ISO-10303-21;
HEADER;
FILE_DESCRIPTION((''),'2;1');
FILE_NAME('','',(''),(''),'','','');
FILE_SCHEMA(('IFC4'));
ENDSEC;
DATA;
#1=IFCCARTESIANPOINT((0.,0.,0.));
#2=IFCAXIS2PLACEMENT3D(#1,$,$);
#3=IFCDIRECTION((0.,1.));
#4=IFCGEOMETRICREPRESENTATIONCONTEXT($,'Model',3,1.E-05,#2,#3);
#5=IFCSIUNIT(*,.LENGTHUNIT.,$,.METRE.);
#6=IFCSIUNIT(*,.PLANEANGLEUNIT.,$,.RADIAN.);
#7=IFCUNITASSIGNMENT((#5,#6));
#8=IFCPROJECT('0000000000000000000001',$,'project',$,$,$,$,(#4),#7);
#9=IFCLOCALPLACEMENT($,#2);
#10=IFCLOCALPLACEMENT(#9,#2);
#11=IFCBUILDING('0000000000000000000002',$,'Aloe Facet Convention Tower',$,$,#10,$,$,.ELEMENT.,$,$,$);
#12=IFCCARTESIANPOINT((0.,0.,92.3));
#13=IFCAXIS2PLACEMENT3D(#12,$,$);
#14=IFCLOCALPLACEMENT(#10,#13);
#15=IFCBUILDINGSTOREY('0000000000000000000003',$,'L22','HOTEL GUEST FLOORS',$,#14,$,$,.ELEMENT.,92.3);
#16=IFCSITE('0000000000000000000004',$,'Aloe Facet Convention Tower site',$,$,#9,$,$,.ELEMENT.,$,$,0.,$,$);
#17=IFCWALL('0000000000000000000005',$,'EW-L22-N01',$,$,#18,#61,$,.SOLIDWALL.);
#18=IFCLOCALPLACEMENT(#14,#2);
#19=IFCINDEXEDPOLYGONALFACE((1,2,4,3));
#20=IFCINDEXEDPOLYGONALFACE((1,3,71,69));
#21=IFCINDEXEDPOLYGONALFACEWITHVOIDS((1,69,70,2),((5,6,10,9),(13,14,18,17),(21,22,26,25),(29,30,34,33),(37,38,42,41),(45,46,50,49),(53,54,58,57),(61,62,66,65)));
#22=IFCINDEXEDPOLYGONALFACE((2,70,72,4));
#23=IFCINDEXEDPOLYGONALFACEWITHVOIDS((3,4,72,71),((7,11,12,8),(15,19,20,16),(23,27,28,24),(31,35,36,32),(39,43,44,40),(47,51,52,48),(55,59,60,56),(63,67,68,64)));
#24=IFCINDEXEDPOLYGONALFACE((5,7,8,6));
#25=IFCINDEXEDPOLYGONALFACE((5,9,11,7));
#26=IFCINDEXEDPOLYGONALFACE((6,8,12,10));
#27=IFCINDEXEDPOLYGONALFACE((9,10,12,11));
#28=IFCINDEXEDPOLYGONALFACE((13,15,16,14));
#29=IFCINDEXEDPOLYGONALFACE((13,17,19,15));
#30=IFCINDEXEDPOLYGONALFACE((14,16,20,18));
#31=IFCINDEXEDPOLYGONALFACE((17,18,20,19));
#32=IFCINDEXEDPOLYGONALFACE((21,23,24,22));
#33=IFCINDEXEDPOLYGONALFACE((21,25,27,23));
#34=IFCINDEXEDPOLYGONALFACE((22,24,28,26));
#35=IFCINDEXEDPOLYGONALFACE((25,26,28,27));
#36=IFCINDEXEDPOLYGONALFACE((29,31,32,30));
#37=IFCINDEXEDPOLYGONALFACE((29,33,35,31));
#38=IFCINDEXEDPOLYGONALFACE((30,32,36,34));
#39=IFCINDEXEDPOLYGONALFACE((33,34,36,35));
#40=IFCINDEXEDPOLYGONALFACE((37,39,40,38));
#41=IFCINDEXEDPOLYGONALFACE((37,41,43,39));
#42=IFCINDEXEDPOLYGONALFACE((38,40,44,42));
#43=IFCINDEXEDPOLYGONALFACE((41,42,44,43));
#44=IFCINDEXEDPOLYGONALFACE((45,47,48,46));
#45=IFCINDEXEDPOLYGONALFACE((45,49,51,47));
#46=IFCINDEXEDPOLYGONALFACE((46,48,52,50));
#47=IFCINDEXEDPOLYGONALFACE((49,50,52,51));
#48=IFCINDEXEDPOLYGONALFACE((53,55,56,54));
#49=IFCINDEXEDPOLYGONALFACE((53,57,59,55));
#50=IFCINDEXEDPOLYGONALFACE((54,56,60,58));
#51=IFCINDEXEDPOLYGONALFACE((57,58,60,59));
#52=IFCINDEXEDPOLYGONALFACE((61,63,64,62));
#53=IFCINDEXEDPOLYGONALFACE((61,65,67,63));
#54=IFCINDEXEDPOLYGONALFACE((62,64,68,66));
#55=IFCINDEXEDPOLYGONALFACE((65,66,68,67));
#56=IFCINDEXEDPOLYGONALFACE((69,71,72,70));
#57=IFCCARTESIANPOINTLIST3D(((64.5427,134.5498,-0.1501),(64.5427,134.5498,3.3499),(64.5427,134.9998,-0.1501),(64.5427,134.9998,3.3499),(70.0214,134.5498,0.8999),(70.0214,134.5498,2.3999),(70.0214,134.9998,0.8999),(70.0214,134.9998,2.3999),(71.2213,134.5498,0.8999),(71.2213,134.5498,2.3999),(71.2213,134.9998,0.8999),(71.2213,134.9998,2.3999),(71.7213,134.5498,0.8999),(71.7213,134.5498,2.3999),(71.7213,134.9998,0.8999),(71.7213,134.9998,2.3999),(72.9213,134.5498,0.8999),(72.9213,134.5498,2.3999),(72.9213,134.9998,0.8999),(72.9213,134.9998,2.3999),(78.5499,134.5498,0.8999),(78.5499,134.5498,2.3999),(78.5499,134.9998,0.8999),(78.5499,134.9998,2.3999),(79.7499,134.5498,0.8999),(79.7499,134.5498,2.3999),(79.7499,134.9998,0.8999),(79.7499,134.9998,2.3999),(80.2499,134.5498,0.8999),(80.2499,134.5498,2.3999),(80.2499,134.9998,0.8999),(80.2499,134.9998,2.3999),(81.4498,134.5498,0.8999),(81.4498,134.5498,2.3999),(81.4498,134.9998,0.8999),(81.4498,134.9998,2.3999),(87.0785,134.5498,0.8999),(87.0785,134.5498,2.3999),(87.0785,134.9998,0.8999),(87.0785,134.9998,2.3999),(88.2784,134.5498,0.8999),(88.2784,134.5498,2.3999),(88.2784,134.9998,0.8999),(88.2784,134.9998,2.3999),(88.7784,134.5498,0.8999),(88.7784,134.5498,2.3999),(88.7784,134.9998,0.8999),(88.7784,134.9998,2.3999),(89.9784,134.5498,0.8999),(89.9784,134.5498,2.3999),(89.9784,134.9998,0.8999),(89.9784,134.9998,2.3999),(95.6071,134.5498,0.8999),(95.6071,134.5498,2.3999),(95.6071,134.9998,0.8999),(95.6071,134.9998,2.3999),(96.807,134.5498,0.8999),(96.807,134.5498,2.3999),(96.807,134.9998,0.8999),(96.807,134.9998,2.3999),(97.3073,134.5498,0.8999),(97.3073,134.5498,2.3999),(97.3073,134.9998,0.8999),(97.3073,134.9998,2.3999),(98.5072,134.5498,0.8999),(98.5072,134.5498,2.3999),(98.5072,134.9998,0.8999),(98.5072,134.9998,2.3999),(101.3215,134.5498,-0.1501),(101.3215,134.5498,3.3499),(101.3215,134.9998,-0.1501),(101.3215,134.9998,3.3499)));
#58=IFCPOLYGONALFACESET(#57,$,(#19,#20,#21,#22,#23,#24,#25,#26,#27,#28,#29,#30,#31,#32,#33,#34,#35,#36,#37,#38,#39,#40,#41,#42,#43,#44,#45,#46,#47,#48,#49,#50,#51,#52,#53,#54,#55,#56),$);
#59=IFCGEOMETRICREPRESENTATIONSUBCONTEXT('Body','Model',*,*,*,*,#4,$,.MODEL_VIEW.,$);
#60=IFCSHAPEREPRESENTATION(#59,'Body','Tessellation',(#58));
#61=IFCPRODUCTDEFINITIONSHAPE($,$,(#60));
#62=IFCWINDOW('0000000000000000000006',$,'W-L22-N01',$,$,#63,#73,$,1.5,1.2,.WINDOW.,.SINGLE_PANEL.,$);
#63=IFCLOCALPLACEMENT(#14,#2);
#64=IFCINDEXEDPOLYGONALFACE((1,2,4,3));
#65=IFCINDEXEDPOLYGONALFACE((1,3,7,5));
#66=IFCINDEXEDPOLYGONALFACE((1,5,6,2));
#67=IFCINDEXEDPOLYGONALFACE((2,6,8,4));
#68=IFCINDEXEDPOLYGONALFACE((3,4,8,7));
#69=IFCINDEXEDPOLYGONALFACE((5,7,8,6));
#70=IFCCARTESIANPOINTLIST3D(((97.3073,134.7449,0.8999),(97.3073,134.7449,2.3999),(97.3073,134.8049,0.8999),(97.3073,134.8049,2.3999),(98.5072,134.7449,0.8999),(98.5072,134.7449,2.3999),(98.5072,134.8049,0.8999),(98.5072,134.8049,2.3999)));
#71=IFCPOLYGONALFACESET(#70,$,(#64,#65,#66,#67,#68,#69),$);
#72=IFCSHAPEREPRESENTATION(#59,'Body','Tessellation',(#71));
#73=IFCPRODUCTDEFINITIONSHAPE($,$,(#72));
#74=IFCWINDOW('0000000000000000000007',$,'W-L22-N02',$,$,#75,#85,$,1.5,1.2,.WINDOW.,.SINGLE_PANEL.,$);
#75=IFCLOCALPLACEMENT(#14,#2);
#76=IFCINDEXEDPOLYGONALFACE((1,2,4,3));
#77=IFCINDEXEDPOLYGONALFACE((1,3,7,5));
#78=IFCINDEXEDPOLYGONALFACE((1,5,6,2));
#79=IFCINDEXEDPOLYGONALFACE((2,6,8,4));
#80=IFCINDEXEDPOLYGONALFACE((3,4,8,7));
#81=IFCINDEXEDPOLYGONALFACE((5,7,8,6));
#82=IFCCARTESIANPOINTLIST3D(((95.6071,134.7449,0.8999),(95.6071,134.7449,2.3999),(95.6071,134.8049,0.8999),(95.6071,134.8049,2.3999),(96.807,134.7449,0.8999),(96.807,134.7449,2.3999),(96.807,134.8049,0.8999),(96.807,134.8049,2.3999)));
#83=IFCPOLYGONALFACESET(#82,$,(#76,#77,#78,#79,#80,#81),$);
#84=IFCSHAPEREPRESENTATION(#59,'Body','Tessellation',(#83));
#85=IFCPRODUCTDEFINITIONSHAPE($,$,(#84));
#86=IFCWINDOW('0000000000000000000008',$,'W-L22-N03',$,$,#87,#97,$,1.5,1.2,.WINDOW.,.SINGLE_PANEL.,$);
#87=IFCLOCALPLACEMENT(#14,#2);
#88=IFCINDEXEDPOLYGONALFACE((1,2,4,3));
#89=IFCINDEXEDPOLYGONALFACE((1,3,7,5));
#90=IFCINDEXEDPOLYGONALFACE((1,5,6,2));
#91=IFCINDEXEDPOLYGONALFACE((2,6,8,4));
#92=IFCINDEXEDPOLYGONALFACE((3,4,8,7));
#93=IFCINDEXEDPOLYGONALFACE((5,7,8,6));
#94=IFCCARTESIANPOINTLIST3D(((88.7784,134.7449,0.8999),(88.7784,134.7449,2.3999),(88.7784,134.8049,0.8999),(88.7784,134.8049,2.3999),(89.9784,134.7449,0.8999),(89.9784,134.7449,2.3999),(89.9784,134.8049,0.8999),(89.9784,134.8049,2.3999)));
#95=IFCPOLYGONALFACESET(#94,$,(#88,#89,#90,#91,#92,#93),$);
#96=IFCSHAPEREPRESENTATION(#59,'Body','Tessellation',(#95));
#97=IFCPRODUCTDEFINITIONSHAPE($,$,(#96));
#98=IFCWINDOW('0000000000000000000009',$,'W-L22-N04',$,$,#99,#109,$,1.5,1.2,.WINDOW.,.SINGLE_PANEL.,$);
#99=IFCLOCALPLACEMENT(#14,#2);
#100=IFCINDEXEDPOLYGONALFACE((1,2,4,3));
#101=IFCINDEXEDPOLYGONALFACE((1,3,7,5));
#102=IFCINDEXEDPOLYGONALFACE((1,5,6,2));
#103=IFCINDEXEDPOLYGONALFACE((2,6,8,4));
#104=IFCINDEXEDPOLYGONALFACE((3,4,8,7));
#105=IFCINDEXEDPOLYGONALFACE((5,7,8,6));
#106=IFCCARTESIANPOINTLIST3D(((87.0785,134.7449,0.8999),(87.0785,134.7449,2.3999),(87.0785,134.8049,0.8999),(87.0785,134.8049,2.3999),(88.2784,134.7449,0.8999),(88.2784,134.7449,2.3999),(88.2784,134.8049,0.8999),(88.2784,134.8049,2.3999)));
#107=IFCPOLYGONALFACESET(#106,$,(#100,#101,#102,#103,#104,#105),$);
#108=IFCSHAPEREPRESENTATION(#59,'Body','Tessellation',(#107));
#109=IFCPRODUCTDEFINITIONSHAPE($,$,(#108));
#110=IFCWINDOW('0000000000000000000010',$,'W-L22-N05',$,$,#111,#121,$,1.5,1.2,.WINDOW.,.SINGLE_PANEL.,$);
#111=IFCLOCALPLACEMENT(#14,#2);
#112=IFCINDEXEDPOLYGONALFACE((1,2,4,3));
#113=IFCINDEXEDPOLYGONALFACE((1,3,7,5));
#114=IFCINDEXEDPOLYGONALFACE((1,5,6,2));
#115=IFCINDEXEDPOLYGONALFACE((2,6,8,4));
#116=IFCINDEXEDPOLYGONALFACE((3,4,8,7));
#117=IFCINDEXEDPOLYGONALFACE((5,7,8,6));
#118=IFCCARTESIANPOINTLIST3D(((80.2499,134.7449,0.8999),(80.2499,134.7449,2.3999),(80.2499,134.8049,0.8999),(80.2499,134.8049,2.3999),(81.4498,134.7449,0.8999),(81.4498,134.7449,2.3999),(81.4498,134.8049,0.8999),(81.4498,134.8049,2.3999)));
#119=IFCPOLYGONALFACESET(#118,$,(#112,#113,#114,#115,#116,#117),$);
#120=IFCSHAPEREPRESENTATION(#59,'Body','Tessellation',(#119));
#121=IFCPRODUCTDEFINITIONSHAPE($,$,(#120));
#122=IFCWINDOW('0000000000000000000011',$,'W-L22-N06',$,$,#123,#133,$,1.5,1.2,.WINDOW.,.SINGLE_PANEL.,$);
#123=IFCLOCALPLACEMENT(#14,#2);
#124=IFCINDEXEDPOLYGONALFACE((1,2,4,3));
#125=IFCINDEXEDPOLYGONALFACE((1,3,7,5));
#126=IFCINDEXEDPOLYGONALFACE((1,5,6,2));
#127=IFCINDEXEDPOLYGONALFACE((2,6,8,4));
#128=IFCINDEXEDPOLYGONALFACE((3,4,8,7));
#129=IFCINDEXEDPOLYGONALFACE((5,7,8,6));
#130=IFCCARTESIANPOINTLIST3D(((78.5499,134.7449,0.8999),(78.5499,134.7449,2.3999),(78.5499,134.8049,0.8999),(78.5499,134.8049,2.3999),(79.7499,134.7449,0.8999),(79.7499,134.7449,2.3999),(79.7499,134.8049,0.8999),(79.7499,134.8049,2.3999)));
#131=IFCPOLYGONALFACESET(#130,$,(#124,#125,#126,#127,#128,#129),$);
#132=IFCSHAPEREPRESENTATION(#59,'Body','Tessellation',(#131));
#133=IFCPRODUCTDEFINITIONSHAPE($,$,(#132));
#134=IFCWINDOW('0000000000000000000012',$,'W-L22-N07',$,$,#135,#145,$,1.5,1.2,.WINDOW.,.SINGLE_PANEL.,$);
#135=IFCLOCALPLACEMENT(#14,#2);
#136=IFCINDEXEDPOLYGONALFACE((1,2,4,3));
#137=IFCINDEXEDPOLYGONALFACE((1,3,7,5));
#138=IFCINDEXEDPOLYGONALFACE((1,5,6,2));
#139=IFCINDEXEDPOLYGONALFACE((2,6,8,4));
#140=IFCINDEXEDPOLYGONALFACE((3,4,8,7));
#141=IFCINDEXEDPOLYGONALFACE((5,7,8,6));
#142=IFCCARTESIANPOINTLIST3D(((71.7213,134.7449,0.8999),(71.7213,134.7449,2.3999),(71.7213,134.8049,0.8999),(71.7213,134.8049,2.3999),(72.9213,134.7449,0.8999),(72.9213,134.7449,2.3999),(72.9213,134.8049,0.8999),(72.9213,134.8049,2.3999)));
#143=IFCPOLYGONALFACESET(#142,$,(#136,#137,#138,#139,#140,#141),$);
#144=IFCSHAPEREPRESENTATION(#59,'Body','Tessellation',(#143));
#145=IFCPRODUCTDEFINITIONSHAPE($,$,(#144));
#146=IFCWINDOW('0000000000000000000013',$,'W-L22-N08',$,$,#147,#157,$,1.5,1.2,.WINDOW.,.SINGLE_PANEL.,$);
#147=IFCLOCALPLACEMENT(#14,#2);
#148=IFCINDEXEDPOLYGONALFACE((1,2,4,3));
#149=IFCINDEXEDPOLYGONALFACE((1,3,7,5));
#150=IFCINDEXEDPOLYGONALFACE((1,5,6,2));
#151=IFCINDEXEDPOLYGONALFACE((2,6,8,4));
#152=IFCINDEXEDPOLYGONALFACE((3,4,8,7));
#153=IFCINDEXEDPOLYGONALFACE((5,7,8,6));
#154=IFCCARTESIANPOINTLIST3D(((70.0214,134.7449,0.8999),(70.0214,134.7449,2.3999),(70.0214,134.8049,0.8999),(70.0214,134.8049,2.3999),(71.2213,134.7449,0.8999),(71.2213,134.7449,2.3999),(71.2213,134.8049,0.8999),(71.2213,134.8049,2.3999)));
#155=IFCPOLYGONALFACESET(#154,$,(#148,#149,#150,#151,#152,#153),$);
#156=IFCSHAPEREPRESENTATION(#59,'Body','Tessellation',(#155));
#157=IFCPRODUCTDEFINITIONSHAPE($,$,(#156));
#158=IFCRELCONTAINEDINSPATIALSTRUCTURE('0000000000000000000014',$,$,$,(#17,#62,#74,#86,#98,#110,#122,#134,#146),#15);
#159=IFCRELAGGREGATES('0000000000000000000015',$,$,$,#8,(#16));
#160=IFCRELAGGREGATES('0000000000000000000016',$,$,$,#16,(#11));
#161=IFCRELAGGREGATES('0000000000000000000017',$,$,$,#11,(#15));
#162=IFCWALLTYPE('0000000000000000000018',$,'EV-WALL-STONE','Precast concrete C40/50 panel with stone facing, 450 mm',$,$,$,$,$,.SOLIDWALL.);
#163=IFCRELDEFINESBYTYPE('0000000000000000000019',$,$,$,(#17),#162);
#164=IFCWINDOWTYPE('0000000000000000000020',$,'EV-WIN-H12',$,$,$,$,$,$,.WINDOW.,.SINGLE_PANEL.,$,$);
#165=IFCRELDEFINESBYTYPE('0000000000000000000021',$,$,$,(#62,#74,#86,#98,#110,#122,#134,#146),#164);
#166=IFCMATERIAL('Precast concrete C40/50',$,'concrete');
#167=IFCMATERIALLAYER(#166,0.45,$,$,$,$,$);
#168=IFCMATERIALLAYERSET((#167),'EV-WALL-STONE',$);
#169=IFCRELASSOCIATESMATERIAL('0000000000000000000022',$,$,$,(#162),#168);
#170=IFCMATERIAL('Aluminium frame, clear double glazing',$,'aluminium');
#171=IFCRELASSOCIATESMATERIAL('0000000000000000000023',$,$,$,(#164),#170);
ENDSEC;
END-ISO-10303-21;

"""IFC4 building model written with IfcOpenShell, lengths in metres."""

from ifc_helpers import new_model, si_unit, direction, frame, frame_2d, origin, place, context, subcontext, project, spatial, polyline, rectangle, outline, extrude, material, layer, layer_set, type_object, element, fill, save


model = new_model("IFC4")

# Units and contexts
model_context = context("Model", 3, precision=1e-05, world=origin(), true_north=direction((0.0, 1.0)))
body_context = subcontext(model_context, "Body", "Model", "MODEL_VIEW")
ifc_project = project(units=[si_unit("LENGTHUNIT", "METRE"), si_unit("PLANEANGLEUNIT", "RADIAN")], contexts=[model_context])

# Site, building, storey
site_placement = place(None, origin())
site = spatial("IfcSite", under=ifc_project, at=site_placement, Name="Aloe Facet Convention Tower site", CompositionType="ELEMENT", RefElevation=0.0)
building_placement = place(site_placement, origin())
building = spatial("IfcBuilding", under=site, at=building_placement, Name="Aloe Facet Convention Tower", CompositionType="ELEMENT")
storey_placement = place(building_placement, frame((0.0, 0.0, 92.3)))
storey = spatial("IfcBuildingStorey", under=building, at=storey_placement, Name="L22", Description="HOTEL GUEST FLOORS", CompositionType="ELEMENT", Elevation=92.3)

# Wall, openings, windows
ifc_material_1 = material(Name="Precast concrete C40/50", Category="concrete")
ifc_layer_1 = layer(ifc_material_1, 0.45)
ifc_layer_set_1 = layer_set([ifc_layer_1], Name="EV-WALL-STONE")
wall_type_1 = type_object("IfcWallType", Name="EV-WALL-STONE", Description="Precast concrete C40/50 panel with stone facing, 450 mm", PredefinedType="SOLIDWALL", material=ifc_layer_set_1)
wall_1_placement = place(storey_placement, frame((101.3215, 134.7749, -0.1501), z_axis=(0.0, 0.0, 1.0), x_axis=(-1.0, 0.0, 0.0)))
wall_1 = element("IfcWall", 1, at=wall_1_placement, inside=storey, type_object=wall_type_1, Name="EW-L22-N01", PredefinedType="SOLIDWALL", context=body_context, shape_type="SweptSolid", body=[
    extrude(outline(polyline([(0.0, 0.0), (0.0, 3.5), (36.7788, 3.5), (36.7788, 0.0), (0.0, 0.0)])), frame((0.0, 0.2251, 0.0), z_axis=(0.0, -1.0, 0.0), x_axis=(1.0, 0.0, 0.0)), (0.0, 0.0, 1.0), 0.45),
])
opening_1_placement = place(wall_1_placement, frame((2.8142, 0.0, 1.05)))
opening_1 = element("IfcOpeningElement", 2, at=opening_1_placement, cuts=wall_1, PredefinedType="OPENING", context=body_context, shape_type="SweptSolid", body=[
    extrude(rectangle(XDim=1.2, YDim=1.5, at=frame_2d((0.6001, 0.75))), frame((0.0, 0.2349, 0.0), z_axis=(0.0, -1.0, 0.0), x_axis=(1.0, 0.0, 0.0)), (0.0, 0.0, 1.0), 0.47),
])
opening_2_placement = place(wall_1_placement, frame((4.5144, 0.0, 1.05)))
opening_2 = element("IfcOpeningElement", 3, at=opening_2_placement, cuts=wall_1, PredefinedType="OPENING", context=body_context, shape_type="SweptSolid", body=[
    extrude(rectangle(XDim=1.2, YDim=1.5, at=frame_2d((0.6001, 0.75))), frame((0.0, 0.2349, 0.0), z_axis=(0.0, -1.0, 0.0), x_axis=(1.0, 0.0, 0.0)), (0.0, 0.0, 1.0), 0.47),
])
opening_3_placement = place(wall_1_placement, frame((11.343, 0.0, 1.05)))
opening_3 = element("IfcOpeningElement", 4, at=opening_3_placement, cuts=wall_1, PredefinedType="OPENING", context=body_context, shape_type="SweptSolid", body=[
    extrude(rectangle(XDim=1.2, YDim=1.5, at=frame_2d((0.6001, 0.75))), frame((0.0, 0.2349, 0.0), z_axis=(0.0, -1.0, 0.0), x_axis=(1.0, 0.0, 0.0)), (0.0, 0.0, 1.0), 0.47),
])
opening_4_placement = place(wall_1_placement, frame((13.043, 0.0, 1.05)))
opening_4 = element("IfcOpeningElement", 5, at=opening_4_placement, cuts=wall_1, PredefinedType="OPENING", context=body_context, shape_type="SweptSolid", body=[
    extrude(rectangle(XDim=1.2, YDim=1.5, at=frame_2d((0.6001, 0.75))), frame((0.0, 0.2349, 0.0), z_axis=(0.0, -1.0, 0.0), x_axis=(1.0, 0.0, 0.0)), (0.0, 0.0, 1.0), 0.47),
])
opening_5_placement = place(wall_1_placement, frame((19.8716, 0.0, 1.05)))
opening_5 = element("IfcOpeningElement", 6, at=opening_5_placement, cuts=wall_1, PredefinedType="OPENING", context=body_context, shape_type="SweptSolid", body=[
    extrude(rectangle(XDim=1.2, YDim=1.5, at=frame_2d((0.6001, 0.75))), frame((0.0, 0.2349, 0.0), z_axis=(0.0, -1.0, 0.0), x_axis=(1.0, 0.0, 0.0)), (0.0, 0.0, 1.0), 0.47),
])
opening_6_placement = place(wall_1_placement, frame((21.5715, 0.0, 1.05)))
opening_6 = element("IfcOpeningElement", 7, at=opening_6_placement, cuts=wall_1, PredefinedType="OPENING", context=body_context, shape_type="SweptSolid", body=[
    extrude(rectangle(XDim=1.2, YDim=1.5, at=frame_2d((0.6001, 0.75))), frame((0.0, 0.2349, 0.0), z_axis=(0.0, -1.0, 0.0), x_axis=(1.0, 0.0, 0.0)), (0.0, 0.0, 1.0), 0.47),
])
opening_7_placement = place(wall_1_placement, frame((28.4001, 0.0, 1.05)))
opening_7 = element("IfcOpeningElement", 8, at=opening_7_placement, cuts=wall_1, PredefinedType="OPENING", context=body_context, shape_type="SweptSolid", body=[
    extrude(rectangle(XDim=1.2, YDim=1.5, at=frame_2d((0.6001, 0.75))), frame((0.0, 0.2349, 0.0), z_axis=(0.0, -1.0, 0.0), x_axis=(1.0, 0.0, 0.0)), (0.0, 0.0, 1.0), 0.47),
])
opening_8_placement = place(wall_1_placement, frame((30.1001, 0.0, 1.05)))
opening_8 = element("IfcOpeningElement", 9, at=opening_8_placement, cuts=wall_1, PredefinedType="OPENING", context=body_context, shape_type="SweptSolid", body=[
    extrude(rectangle(XDim=1.2, YDim=1.5, at=frame_2d((0.6001, 0.75))), frame((0.0, 0.2349, 0.0), z_axis=(0.0, -1.0, 0.0), x_axis=(1.0, 0.0, 0.0)), (0.0, 0.0, 1.0), 0.47),
])
ifc_material_2 = material(Name="Aluminium frame, clear double glazing", Category="aluminium")
window_type = type_object("IfcWindowType", Name="EV-WIN-H12", PartitioningType="SINGLE_PANEL", PredefinedType="WINDOW", material=ifc_material_2)
window_1_placement = place(opening_1_placement, origin())
window_1 = element("IfcWindow", 10, at=window_1_placement, inside=storey, type_object=window_type, Name="W-L22-N01", OverallHeight=1.5, OverallWidth=1.2, PartitioningType="SINGLE_PANEL", PredefinedType="WINDOW", context=body_context, shape_type="SweptSolid", body=[
    extrude(rectangle(XDim=1.2, YDim=1.5, at=frame_2d((0.6001, 0.75))), frame((0.0, 0.03, 0.0), z_axis=(0.0, -1.0, 0.0), x_axis=(1.0, 0.0, 0.0)), (0.0, 0.0, 1.0), 0.0601),
])
fill(opening_1, window_1)
window_2_placement = place(opening_2_placement, origin())
window_2 = element("IfcWindow", 11, at=window_2_placement, inside=storey, type_object=window_type, Name="W-L22-N02", OverallHeight=1.5, OverallWidth=1.2, PartitioningType="SINGLE_PANEL", PredefinedType="WINDOW", context=body_context, shape_type="SweptSolid", body=[
    extrude(rectangle(XDim=1.2, YDim=1.5, at=frame_2d((0.6001, 0.75))), frame((0.0, 0.03, 0.0), z_axis=(0.0, -1.0, 0.0), x_axis=(1.0, 0.0, 0.0)), (0.0, 0.0, 1.0), 0.0601),
])
fill(opening_2, window_2)
window_3_placement = place(opening_3_placement, origin())
window_3 = element("IfcWindow", 12, at=window_3_placement, inside=storey, type_object=window_type, Name="W-L22-N03", OverallHeight=1.5, OverallWidth=1.2, PartitioningType="SINGLE_PANEL", PredefinedType="WINDOW", context=body_context, shape_type="SweptSolid", body=[
    extrude(rectangle(XDim=1.2, YDim=1.5, at=frame_2d((0.6001, 0.75))), frame((0.0, 0.03, 0.0), z_axis=(0.0, -1.0, 0.0), x_axis=(1.0, 0.0, 0.0)), (0.0, 0.0, 1.0), 0.0601),
])
fill(opening_3, window_3)
window_4_placement = place(opening_4_placement, origin())
window_4 = element("IfcWindow", 13, at=window_4_placement, inside=storey, type_object=window_type, Name="W-L22-N04", OverallHeight=1.5, OverallWidth=1.2, PartitioningType="SINGLE_PANEL", PredefinedType="WINDOW", context=body_context, shape_type="SweptSolid", body=[
    extrude(rectangle(XDim=1.2, YDim=1.5, at=frame_2d((0.6001, 0.75))), frame((0.0, 0.03, 0.0), z_axis=(0.0, -1.0, 0.0), x_axis=(1.0, 0.0, 0.0)), (0.0, 0.0, 1.0), 0.0601),
])
fill(opening_4, window_4)
window_5_placement = place(opening_5_placement, origin())
window_5 = element("IfcWindow", 14, at=window_5_placement, inside=storey, type_object=window_type, Name="W-L22-N05", OverallHeight=1.5, OverallWidth=1.2, PartitioningType="SINGLE_PANEL", PredefinedType="WINDOW", context=body_context, shape_type="SweptSolid", body=[
    extrude(rectangle(XDim=1.2, YDim=1.5, at=frame_2d((0.6001, 0.75))), frame((0.0, 0.03, 0.0), z_axis=(0.0, -1.0, 0.0), x_axis=(1.0, 0.0, 0.0)), (0.0, 0.0, 1.0), 0.0601),
])
fill(opening_5, window_5)
window_6_placement = place(opening_6_placement, origin())
window_6 = element("IfcWindow", 15, at=window_6_placement, inside=storey, type_object=window_type, Name="W-L22-N06", OverallHeight=1.5, OverallWidth=1.2, PartitioningType="SINGLE_PANEL", PredefinedType="WINDOW", context=body_context, shape_type="SweptSolid", body=[
    extrude(rectangle(XDim=1.2, YDim=1.5, at=frame_2d((0.6001, 0.75))), frame((0.0, 0.03, 0.0), z_axis=(0.0, -1.0, 0.0), x_axis=(1.0, 0.0, 0.0)), (0.0, 0.0, 1.0), 0.0601),
])
fill(opening_6, window_6)
window_7_placement = place(opening_7_placement, origin())
window_7 = element("IfcWindow", 16, at=window_7_placement, inside=storey, type_object=window_type, Name="W-L22-N07", OverallHeight=1.5, OverallWidth=1.2, PartitioningType="SINGLE_PANEL", PredefinedType="WINDOW", context=body_context, shape_type="SweptSolid", body=[
    extrude(rectangle(XDim=1.2, YDim=1.5, at=frame_2d((0.6001, 0.75))), frame((0.0, 0.03, 0.0), z_axis=(0.0, -1.0, 0.0), x_axis=(1.0, 0.0, 0.0)), (0.0, 0.0, 1.0), 0.0601),
])
fill(opening_7, window_7)
window_8_placement = place(opening_8_placement, origin())
window_8 = element("IfcWindow", 17, at=window_8_placement, inside=storey, type_object=window_type, Name="W-L22-N08", OverallHeight=1.5, OverallWidth=1.2, PartitioningType="SINGLE_PANEL", PredefinedType="WINDOW", context=body_context, shape_type="SweptSolid", body=[
    extrude(rectangle(XDim=1.2, YDim=1.5, at=frame_2d((0.6001, 0.75))), frame((0.0, 0.03, 0.0), z_axis=(0.0, -1.0, 0.0), x_axis=(1.0, 0.0, 0.0)), (0.0, 0.0, 1.0), 0.0601),
])
fill(opening_8, window_8)

save(model, "model.ifc")
